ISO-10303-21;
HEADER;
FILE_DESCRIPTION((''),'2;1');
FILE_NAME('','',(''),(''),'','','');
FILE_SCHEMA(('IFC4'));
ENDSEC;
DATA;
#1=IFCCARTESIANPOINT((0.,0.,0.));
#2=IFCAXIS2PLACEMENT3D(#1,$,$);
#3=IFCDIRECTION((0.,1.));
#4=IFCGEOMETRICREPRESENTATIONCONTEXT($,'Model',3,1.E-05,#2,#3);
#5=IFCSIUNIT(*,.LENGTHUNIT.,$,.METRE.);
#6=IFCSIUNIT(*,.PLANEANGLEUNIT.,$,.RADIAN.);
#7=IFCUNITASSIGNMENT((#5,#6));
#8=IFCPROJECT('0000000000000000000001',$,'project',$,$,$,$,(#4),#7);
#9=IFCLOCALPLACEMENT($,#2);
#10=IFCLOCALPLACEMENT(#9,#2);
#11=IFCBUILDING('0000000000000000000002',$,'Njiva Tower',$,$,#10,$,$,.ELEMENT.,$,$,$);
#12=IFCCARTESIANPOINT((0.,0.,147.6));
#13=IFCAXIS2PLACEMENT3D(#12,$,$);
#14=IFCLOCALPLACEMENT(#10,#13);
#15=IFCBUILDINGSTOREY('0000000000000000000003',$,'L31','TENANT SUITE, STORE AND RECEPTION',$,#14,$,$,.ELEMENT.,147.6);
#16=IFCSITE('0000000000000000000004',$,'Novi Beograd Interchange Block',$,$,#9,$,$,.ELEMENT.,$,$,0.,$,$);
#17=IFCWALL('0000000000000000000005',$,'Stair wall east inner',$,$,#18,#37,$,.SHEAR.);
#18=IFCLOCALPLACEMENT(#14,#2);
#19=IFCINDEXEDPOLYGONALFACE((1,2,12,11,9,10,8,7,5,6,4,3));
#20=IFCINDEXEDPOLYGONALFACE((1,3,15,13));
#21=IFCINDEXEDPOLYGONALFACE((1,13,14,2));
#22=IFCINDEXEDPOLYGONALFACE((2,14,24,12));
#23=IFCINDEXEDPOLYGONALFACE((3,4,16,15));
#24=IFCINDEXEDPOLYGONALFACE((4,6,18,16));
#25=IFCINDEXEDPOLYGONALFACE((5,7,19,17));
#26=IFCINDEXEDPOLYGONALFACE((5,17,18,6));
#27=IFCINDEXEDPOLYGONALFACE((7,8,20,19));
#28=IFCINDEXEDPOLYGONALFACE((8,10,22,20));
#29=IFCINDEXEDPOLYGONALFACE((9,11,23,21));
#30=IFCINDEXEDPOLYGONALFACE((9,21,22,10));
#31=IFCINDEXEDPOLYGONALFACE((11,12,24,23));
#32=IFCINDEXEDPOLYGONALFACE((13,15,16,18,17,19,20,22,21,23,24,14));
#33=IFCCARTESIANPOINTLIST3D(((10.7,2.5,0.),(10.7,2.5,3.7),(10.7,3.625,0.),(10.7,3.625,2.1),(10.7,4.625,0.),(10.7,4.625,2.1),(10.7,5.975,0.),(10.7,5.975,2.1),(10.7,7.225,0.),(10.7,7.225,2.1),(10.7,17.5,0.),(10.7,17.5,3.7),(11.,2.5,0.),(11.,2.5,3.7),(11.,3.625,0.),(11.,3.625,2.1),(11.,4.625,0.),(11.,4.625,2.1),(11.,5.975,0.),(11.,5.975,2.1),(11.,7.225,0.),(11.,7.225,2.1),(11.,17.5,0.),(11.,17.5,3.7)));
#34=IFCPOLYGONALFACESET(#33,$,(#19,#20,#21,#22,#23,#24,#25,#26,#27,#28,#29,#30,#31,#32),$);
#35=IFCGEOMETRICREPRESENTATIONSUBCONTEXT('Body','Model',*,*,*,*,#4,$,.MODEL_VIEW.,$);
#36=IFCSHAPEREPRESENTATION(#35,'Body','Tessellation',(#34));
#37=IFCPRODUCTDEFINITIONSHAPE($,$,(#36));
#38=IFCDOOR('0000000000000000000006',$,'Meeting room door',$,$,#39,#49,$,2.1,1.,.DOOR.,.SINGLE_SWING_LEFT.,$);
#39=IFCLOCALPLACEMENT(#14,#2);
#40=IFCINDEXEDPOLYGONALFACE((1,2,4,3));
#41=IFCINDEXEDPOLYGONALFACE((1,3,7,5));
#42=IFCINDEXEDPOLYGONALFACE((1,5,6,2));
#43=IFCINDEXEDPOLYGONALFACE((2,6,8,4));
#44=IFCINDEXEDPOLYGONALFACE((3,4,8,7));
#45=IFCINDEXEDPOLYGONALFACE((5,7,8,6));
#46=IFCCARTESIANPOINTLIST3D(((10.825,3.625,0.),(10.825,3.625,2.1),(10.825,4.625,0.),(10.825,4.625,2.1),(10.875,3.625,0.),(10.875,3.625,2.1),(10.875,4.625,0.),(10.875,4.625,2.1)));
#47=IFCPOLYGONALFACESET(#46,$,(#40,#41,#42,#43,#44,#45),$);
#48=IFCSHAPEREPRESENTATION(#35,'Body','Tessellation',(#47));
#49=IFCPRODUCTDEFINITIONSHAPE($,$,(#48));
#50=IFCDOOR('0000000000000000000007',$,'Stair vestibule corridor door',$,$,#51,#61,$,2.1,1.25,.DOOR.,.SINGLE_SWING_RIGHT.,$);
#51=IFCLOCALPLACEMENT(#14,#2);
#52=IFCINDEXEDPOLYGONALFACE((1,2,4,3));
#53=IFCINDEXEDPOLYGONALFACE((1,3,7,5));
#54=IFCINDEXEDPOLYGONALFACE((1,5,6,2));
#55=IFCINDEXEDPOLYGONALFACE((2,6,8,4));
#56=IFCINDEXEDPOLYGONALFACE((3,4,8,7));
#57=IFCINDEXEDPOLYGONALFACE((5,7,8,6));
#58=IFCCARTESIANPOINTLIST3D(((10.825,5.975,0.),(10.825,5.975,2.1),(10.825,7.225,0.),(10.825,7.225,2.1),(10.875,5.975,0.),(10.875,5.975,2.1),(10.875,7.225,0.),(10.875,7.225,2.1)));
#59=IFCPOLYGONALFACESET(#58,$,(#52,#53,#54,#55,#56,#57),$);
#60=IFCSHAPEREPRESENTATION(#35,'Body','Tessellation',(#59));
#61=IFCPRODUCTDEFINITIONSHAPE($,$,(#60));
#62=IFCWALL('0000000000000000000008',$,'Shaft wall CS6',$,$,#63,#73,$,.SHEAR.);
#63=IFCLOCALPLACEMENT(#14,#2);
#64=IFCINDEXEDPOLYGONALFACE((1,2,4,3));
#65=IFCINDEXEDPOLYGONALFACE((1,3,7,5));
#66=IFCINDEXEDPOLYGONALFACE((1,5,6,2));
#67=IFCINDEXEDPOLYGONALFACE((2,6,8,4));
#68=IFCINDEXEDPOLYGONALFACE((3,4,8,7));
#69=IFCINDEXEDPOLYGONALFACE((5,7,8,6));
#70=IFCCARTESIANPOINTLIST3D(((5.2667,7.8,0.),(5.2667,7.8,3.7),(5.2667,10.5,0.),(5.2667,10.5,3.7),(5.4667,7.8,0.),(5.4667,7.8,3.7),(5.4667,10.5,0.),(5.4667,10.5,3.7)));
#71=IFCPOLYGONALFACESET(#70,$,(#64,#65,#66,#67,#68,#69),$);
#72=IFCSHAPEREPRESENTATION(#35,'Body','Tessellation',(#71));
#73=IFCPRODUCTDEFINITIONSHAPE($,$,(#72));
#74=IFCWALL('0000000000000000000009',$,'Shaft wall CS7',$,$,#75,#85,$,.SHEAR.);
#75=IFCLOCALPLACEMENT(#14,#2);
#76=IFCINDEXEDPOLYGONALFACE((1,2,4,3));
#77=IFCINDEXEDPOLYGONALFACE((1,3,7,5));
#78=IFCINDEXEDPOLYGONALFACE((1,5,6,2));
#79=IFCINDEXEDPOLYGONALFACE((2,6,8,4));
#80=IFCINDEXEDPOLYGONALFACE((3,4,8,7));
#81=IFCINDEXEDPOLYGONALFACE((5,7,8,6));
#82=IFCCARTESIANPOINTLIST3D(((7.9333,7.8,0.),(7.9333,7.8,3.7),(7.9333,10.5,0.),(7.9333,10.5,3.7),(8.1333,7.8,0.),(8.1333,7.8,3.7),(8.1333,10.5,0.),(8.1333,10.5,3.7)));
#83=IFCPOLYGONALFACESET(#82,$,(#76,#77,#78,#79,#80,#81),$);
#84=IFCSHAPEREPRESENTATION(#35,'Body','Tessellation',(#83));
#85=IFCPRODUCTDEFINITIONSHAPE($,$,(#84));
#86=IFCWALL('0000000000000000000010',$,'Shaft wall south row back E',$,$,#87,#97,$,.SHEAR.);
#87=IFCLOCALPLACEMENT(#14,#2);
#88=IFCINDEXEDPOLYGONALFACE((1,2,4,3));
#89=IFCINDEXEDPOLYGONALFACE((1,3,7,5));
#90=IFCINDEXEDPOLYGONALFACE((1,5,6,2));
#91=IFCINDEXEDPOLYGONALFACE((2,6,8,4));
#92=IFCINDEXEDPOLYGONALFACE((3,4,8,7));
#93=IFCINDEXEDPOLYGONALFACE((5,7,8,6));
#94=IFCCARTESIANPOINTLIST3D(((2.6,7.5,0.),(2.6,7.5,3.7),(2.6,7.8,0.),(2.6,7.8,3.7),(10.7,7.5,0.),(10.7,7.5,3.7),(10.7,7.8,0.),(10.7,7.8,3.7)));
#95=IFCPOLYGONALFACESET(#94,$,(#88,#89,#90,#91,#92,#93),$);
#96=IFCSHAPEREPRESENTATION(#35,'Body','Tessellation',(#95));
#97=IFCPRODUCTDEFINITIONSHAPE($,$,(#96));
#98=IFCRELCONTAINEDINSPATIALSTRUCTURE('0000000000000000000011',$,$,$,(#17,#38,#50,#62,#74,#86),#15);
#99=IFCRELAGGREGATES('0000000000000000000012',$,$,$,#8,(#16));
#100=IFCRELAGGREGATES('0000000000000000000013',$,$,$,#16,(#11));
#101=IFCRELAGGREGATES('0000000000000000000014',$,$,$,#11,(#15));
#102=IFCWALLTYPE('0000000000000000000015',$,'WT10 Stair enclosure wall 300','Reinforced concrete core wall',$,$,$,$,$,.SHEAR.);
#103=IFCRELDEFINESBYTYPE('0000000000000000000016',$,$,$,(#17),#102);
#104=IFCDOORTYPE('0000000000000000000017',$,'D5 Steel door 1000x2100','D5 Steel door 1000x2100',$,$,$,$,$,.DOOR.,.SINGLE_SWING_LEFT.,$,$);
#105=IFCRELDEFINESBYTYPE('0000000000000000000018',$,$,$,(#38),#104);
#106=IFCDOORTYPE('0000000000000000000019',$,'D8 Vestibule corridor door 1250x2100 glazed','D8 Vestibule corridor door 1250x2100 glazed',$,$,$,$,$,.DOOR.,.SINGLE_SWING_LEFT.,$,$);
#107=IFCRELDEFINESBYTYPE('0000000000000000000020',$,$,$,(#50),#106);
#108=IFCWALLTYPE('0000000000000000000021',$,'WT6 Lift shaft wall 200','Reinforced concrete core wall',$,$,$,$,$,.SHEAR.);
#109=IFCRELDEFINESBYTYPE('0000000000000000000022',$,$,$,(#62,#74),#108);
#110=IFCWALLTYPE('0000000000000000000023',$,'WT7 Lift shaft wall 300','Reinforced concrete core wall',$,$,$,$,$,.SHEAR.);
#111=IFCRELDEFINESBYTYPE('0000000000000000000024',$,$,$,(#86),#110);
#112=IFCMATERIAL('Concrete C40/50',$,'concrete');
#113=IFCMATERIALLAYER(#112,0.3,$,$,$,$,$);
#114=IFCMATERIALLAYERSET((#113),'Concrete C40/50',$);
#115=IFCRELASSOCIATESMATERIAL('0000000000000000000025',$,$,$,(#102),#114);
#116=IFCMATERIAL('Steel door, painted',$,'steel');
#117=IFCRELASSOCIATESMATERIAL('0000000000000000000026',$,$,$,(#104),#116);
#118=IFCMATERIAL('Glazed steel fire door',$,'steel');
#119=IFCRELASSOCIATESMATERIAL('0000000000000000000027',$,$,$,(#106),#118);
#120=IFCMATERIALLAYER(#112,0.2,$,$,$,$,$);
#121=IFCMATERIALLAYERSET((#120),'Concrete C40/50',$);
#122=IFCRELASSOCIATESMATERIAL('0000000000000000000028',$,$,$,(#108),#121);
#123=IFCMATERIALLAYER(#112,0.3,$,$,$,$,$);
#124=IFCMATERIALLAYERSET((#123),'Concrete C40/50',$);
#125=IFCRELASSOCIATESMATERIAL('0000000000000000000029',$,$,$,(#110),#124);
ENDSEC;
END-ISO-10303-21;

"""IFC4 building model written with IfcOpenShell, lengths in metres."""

from ifc_helpers import new_model, si_unit, direction, frame, frame_2d, origin, place, context, subcontext, project, spatial, rectangle, extrude, material, layer, layer_set, type_object, element, fill, save


model = new_model("IFC4")

# Units and contexts
model_context = context("Model", 3, precision=1e-05, world=origin(), true_north=direction((0.0, 1.0)))
body_context = subcontext(model_context, "Body", "Model", "MODEL_VIEW")
ifc_project = project(units=[si_unit("LENGTHUNIT", "METRE"), si_unit("PLANEANGLEUNIT", "RADIAN")], contexts=[model_context])

# Site, building, storey
site_placement = place(None, origin())
site = spatial("IfcSite", under=ifc_project, at=site_placement, Name="Novi Beograd Interchange Block", CompositionType="ELEMENT", RefElevation=0.0)
building_placement = place(site_placement, origin())
building = spatial("IfcBuilding", under=site, at=building_placement, Name="Njiva Tower", CompositionType="ELEMENT")
storey_placement = place(building_placement, frame((0.0, 0.0, 147.6)))
storey = spatial("IfcBuildingStorey", under=building, at=storey_placement, Name="L31", Description="TENANT SUITE, STORE AND RECEPTION", CompositionType="ELEMENT", Elevation=147.6)

# Wall, openings, doors
ifc_material_1 = material(Name="Concrete C40/50", Category="concrete")
ifc_layer_1 = layer(ifc_material_1, 0.3)
ifc_layer_set_1 = layer_set([ifc_layer_1], Name="Concrete C40/50")
wall_type_1 = type_object("IfcWallType", Name="WT10 Stair enclosure wall 300", Description="Reinforced concrete core wall", PredefinedType="SHEAR", material=ifc_layer_set_1)
wall_1_placement = place(storey_placement, frame((10.85, 2.5, 0.0), z_axis=(0.0, 0.0, 1.0), x_axis=(0.0, 1.0, 0.0)))
wall_1 = element("IfcWall", 1, at=wall_1_placement, inside=storey, type_object=wall_type_1, Name="Stair wall east inner", PredefinedType="SHEAR", context=body_context, shape_type="SweptSolid", body=[
    extrude(rectangle(XDim=15.0, YDim=0.3, at=frame_2d((7.5, 0.0))), origin(), (0.0, 0.0, 1.0), 3.7),
])
opening_1_placement = place(wall_1_placement, frame((3.475, 0.0, 0.0)))
opening_1 = element("IfcOpeningElement", 2, at=opening_1_placement, cuts=wall_1, PredefinedType="OPENING", context=body_context, shape_type="SweptSolid", body=[
    extrude(rectangle(XDim=1.25, YDim=2.1, at=frame_2d((0.625, 1.05))), frame((0.0, 0.16, 0.0), z_axis=(0.0, -1.0, 0.0), x_axis=(1.0, 0.0, 0.0)), (0.0, 0.0, 1.0), 0.32),
])
opening_2_placement = place(wall_1_placement, frame((1.125, 0.0, 0.0)))
opening_2 = element("IfcOpeningElement", 3, at=opening_2_placement, cuts=wall_1, PredefinedType="OPENING", context=body_context, shape_type="SweptSolid", body=[
    extrude(rectangle(XDim=1.0, YDim=2.1, at=frame_2d((0.5, 1.05))), frame((0.0, 0.16, 0.0), z_axis=(0.0, -1.0, 0.0), x_axis=(1.0, 0.0, 0.0)), (0.0, 0.0, 1.0), 0.32),
])
ifc_material_2 = material(Name="Steel door, painted", Category="steel")
door_type_1 = type_object("IfcDoorType", Name="D5 Steel door 1000x2100", Description="D5 Steel door 1000x2100", OperationType="SINGLE_SWING_LEFT", PredefinedType="DOOR", material=ifc_material_2)
door_1_placement = place(opening_2_placement, origin())
door_1 = element("IfcDoor", 4, at=door_1_placement, inside=storey, type_object=door_type_1, Name="Meeting room door", OperationType="SINGLE_SWING_LEFT", OverallHeight=2.1, OverallWidth=1.0, PredefinedType="DOOR", context=body_context, shape_type="SweptSolid", body=[
    extrude(rectangle(XDim=1.0, YDim=2.1, at=frame_2d((0.5, 1.05))), frame((0.0, 0.025, 0.0), z_axis=(0.0, -1.0, 0.0), x_axis=(1.0, 0.0, 0.0)), (0.0, 0.0, 1.0), 0.05),
])
fill(opening_2, door_1)
ifc_material_3 = material(Name="Glazed steel fire door", Category="steel")
door_type_2 = type_object("IfcDoorType", Name="D8 Vestibule corridor door 1250x2100 glazed", Description="D8 Vestibule corridor door 1250x2100 glazed", OperationType="SINGLE_SWING_LEFT", PredefinedType="DOOR", material=ifc_material_3)
door_2_placement = place(opening_1_placement, origin())
door_2 = element("IfcDoor", 5, at=door_2_placement, inside=storey, type_object=door_type_2, Name="Stair vestibule corridor door", OperationType="SINGLE_SWING_RIGHT", OverallHeight=2.1, OverallWidth=1.25, PredefinedType="DOOR", context=body_context, shape_type="SweptSolid", body=[
    extrude(rectangle(XDim=1.25, YDim=2.1, at=frame_2d((0.625, 1.05))), frame((0.0, 0.025, 0.0), z_axis=(0.0, -1.0, 0.0), x_axis=(1.0, 0.0, 0.0)), (0.0, 0.0, 1.0), 0.05),
])
fill(opening_1, door_2)

# Walls
ifc_layer_2 = layer(ifc_material_1, 0.2)
ifc_layer_set_2 = layer_set([ifc_layer_2], Name="Concrete C40/50")
wall_type_2 = type_object("IfcWallType", Name="WT6 Lift shaft wall 200", Description="Reinforced concrete core wall", PredefinedType="SHEAR", material=ifc_layer_set_2)
for number, where, z_axis, x_axis, name in (
    (6, (5.3667, 7.8, 0.0), (0.0, 0.0, 1.0), (0.0, 1.0, 0.0), "Shaft wall CS6"),
    (7, (8.0333, 7.8, 0.0), (0.0, 0.0, 1.0), (0.0, 1.0, 0.0), "Shaft wall CS7"),
):
    element("IfcWall", number, at=place(storey_placement, frame(where, z_axis=z_axis, x_axis=x_axis)), inside=storey, type_object=wall_type_2, Name=name, PredefinedType="SHEAR", context=body_context, shape_type="SweptSolid", body=[
        extrude(rectangle(XDim=2.7, YDim=0.2, at=frame_2d((1.35, 0.0))), origin(), (0.0, 0.0, 1.0), 3.7),
    ])
ifc_layer_3 = layer(ifc_material_1, 0.3)
ifc_layer_set_3 = layer_set([ifc_layer_3], Name="Concrete C40/50")
wall_type_3 = type_object("IfcWallType", Name="WT7 Lift shaft wall 300", Description="Reinforced concrete core wall", PredefinedType="SHEAR", material=ifc_layer_set_3)
wall_2_placement = place(storey_placement, frame((2.6, 7.65, 0.0), z_axis=(0.0, 0.0, 1.0), x_axis=(1.0, 0.0, 0.0)))
element("IfcWall", 8, at=wall_2_placement, inside=storey, type_object=wall_type_3, Name="Shaft wall south row back E", PredefinedType="SHEAR", context=body_context, shape_type="SweptSolid", body=[
    extrude(rectangle(XDim=8.1, YDim=0.3, at=frame_2d((4.05, 0.0))), origin(), (0.0, 0.0, 1.0), 3.7),
])

save(model, "model.ifc")
